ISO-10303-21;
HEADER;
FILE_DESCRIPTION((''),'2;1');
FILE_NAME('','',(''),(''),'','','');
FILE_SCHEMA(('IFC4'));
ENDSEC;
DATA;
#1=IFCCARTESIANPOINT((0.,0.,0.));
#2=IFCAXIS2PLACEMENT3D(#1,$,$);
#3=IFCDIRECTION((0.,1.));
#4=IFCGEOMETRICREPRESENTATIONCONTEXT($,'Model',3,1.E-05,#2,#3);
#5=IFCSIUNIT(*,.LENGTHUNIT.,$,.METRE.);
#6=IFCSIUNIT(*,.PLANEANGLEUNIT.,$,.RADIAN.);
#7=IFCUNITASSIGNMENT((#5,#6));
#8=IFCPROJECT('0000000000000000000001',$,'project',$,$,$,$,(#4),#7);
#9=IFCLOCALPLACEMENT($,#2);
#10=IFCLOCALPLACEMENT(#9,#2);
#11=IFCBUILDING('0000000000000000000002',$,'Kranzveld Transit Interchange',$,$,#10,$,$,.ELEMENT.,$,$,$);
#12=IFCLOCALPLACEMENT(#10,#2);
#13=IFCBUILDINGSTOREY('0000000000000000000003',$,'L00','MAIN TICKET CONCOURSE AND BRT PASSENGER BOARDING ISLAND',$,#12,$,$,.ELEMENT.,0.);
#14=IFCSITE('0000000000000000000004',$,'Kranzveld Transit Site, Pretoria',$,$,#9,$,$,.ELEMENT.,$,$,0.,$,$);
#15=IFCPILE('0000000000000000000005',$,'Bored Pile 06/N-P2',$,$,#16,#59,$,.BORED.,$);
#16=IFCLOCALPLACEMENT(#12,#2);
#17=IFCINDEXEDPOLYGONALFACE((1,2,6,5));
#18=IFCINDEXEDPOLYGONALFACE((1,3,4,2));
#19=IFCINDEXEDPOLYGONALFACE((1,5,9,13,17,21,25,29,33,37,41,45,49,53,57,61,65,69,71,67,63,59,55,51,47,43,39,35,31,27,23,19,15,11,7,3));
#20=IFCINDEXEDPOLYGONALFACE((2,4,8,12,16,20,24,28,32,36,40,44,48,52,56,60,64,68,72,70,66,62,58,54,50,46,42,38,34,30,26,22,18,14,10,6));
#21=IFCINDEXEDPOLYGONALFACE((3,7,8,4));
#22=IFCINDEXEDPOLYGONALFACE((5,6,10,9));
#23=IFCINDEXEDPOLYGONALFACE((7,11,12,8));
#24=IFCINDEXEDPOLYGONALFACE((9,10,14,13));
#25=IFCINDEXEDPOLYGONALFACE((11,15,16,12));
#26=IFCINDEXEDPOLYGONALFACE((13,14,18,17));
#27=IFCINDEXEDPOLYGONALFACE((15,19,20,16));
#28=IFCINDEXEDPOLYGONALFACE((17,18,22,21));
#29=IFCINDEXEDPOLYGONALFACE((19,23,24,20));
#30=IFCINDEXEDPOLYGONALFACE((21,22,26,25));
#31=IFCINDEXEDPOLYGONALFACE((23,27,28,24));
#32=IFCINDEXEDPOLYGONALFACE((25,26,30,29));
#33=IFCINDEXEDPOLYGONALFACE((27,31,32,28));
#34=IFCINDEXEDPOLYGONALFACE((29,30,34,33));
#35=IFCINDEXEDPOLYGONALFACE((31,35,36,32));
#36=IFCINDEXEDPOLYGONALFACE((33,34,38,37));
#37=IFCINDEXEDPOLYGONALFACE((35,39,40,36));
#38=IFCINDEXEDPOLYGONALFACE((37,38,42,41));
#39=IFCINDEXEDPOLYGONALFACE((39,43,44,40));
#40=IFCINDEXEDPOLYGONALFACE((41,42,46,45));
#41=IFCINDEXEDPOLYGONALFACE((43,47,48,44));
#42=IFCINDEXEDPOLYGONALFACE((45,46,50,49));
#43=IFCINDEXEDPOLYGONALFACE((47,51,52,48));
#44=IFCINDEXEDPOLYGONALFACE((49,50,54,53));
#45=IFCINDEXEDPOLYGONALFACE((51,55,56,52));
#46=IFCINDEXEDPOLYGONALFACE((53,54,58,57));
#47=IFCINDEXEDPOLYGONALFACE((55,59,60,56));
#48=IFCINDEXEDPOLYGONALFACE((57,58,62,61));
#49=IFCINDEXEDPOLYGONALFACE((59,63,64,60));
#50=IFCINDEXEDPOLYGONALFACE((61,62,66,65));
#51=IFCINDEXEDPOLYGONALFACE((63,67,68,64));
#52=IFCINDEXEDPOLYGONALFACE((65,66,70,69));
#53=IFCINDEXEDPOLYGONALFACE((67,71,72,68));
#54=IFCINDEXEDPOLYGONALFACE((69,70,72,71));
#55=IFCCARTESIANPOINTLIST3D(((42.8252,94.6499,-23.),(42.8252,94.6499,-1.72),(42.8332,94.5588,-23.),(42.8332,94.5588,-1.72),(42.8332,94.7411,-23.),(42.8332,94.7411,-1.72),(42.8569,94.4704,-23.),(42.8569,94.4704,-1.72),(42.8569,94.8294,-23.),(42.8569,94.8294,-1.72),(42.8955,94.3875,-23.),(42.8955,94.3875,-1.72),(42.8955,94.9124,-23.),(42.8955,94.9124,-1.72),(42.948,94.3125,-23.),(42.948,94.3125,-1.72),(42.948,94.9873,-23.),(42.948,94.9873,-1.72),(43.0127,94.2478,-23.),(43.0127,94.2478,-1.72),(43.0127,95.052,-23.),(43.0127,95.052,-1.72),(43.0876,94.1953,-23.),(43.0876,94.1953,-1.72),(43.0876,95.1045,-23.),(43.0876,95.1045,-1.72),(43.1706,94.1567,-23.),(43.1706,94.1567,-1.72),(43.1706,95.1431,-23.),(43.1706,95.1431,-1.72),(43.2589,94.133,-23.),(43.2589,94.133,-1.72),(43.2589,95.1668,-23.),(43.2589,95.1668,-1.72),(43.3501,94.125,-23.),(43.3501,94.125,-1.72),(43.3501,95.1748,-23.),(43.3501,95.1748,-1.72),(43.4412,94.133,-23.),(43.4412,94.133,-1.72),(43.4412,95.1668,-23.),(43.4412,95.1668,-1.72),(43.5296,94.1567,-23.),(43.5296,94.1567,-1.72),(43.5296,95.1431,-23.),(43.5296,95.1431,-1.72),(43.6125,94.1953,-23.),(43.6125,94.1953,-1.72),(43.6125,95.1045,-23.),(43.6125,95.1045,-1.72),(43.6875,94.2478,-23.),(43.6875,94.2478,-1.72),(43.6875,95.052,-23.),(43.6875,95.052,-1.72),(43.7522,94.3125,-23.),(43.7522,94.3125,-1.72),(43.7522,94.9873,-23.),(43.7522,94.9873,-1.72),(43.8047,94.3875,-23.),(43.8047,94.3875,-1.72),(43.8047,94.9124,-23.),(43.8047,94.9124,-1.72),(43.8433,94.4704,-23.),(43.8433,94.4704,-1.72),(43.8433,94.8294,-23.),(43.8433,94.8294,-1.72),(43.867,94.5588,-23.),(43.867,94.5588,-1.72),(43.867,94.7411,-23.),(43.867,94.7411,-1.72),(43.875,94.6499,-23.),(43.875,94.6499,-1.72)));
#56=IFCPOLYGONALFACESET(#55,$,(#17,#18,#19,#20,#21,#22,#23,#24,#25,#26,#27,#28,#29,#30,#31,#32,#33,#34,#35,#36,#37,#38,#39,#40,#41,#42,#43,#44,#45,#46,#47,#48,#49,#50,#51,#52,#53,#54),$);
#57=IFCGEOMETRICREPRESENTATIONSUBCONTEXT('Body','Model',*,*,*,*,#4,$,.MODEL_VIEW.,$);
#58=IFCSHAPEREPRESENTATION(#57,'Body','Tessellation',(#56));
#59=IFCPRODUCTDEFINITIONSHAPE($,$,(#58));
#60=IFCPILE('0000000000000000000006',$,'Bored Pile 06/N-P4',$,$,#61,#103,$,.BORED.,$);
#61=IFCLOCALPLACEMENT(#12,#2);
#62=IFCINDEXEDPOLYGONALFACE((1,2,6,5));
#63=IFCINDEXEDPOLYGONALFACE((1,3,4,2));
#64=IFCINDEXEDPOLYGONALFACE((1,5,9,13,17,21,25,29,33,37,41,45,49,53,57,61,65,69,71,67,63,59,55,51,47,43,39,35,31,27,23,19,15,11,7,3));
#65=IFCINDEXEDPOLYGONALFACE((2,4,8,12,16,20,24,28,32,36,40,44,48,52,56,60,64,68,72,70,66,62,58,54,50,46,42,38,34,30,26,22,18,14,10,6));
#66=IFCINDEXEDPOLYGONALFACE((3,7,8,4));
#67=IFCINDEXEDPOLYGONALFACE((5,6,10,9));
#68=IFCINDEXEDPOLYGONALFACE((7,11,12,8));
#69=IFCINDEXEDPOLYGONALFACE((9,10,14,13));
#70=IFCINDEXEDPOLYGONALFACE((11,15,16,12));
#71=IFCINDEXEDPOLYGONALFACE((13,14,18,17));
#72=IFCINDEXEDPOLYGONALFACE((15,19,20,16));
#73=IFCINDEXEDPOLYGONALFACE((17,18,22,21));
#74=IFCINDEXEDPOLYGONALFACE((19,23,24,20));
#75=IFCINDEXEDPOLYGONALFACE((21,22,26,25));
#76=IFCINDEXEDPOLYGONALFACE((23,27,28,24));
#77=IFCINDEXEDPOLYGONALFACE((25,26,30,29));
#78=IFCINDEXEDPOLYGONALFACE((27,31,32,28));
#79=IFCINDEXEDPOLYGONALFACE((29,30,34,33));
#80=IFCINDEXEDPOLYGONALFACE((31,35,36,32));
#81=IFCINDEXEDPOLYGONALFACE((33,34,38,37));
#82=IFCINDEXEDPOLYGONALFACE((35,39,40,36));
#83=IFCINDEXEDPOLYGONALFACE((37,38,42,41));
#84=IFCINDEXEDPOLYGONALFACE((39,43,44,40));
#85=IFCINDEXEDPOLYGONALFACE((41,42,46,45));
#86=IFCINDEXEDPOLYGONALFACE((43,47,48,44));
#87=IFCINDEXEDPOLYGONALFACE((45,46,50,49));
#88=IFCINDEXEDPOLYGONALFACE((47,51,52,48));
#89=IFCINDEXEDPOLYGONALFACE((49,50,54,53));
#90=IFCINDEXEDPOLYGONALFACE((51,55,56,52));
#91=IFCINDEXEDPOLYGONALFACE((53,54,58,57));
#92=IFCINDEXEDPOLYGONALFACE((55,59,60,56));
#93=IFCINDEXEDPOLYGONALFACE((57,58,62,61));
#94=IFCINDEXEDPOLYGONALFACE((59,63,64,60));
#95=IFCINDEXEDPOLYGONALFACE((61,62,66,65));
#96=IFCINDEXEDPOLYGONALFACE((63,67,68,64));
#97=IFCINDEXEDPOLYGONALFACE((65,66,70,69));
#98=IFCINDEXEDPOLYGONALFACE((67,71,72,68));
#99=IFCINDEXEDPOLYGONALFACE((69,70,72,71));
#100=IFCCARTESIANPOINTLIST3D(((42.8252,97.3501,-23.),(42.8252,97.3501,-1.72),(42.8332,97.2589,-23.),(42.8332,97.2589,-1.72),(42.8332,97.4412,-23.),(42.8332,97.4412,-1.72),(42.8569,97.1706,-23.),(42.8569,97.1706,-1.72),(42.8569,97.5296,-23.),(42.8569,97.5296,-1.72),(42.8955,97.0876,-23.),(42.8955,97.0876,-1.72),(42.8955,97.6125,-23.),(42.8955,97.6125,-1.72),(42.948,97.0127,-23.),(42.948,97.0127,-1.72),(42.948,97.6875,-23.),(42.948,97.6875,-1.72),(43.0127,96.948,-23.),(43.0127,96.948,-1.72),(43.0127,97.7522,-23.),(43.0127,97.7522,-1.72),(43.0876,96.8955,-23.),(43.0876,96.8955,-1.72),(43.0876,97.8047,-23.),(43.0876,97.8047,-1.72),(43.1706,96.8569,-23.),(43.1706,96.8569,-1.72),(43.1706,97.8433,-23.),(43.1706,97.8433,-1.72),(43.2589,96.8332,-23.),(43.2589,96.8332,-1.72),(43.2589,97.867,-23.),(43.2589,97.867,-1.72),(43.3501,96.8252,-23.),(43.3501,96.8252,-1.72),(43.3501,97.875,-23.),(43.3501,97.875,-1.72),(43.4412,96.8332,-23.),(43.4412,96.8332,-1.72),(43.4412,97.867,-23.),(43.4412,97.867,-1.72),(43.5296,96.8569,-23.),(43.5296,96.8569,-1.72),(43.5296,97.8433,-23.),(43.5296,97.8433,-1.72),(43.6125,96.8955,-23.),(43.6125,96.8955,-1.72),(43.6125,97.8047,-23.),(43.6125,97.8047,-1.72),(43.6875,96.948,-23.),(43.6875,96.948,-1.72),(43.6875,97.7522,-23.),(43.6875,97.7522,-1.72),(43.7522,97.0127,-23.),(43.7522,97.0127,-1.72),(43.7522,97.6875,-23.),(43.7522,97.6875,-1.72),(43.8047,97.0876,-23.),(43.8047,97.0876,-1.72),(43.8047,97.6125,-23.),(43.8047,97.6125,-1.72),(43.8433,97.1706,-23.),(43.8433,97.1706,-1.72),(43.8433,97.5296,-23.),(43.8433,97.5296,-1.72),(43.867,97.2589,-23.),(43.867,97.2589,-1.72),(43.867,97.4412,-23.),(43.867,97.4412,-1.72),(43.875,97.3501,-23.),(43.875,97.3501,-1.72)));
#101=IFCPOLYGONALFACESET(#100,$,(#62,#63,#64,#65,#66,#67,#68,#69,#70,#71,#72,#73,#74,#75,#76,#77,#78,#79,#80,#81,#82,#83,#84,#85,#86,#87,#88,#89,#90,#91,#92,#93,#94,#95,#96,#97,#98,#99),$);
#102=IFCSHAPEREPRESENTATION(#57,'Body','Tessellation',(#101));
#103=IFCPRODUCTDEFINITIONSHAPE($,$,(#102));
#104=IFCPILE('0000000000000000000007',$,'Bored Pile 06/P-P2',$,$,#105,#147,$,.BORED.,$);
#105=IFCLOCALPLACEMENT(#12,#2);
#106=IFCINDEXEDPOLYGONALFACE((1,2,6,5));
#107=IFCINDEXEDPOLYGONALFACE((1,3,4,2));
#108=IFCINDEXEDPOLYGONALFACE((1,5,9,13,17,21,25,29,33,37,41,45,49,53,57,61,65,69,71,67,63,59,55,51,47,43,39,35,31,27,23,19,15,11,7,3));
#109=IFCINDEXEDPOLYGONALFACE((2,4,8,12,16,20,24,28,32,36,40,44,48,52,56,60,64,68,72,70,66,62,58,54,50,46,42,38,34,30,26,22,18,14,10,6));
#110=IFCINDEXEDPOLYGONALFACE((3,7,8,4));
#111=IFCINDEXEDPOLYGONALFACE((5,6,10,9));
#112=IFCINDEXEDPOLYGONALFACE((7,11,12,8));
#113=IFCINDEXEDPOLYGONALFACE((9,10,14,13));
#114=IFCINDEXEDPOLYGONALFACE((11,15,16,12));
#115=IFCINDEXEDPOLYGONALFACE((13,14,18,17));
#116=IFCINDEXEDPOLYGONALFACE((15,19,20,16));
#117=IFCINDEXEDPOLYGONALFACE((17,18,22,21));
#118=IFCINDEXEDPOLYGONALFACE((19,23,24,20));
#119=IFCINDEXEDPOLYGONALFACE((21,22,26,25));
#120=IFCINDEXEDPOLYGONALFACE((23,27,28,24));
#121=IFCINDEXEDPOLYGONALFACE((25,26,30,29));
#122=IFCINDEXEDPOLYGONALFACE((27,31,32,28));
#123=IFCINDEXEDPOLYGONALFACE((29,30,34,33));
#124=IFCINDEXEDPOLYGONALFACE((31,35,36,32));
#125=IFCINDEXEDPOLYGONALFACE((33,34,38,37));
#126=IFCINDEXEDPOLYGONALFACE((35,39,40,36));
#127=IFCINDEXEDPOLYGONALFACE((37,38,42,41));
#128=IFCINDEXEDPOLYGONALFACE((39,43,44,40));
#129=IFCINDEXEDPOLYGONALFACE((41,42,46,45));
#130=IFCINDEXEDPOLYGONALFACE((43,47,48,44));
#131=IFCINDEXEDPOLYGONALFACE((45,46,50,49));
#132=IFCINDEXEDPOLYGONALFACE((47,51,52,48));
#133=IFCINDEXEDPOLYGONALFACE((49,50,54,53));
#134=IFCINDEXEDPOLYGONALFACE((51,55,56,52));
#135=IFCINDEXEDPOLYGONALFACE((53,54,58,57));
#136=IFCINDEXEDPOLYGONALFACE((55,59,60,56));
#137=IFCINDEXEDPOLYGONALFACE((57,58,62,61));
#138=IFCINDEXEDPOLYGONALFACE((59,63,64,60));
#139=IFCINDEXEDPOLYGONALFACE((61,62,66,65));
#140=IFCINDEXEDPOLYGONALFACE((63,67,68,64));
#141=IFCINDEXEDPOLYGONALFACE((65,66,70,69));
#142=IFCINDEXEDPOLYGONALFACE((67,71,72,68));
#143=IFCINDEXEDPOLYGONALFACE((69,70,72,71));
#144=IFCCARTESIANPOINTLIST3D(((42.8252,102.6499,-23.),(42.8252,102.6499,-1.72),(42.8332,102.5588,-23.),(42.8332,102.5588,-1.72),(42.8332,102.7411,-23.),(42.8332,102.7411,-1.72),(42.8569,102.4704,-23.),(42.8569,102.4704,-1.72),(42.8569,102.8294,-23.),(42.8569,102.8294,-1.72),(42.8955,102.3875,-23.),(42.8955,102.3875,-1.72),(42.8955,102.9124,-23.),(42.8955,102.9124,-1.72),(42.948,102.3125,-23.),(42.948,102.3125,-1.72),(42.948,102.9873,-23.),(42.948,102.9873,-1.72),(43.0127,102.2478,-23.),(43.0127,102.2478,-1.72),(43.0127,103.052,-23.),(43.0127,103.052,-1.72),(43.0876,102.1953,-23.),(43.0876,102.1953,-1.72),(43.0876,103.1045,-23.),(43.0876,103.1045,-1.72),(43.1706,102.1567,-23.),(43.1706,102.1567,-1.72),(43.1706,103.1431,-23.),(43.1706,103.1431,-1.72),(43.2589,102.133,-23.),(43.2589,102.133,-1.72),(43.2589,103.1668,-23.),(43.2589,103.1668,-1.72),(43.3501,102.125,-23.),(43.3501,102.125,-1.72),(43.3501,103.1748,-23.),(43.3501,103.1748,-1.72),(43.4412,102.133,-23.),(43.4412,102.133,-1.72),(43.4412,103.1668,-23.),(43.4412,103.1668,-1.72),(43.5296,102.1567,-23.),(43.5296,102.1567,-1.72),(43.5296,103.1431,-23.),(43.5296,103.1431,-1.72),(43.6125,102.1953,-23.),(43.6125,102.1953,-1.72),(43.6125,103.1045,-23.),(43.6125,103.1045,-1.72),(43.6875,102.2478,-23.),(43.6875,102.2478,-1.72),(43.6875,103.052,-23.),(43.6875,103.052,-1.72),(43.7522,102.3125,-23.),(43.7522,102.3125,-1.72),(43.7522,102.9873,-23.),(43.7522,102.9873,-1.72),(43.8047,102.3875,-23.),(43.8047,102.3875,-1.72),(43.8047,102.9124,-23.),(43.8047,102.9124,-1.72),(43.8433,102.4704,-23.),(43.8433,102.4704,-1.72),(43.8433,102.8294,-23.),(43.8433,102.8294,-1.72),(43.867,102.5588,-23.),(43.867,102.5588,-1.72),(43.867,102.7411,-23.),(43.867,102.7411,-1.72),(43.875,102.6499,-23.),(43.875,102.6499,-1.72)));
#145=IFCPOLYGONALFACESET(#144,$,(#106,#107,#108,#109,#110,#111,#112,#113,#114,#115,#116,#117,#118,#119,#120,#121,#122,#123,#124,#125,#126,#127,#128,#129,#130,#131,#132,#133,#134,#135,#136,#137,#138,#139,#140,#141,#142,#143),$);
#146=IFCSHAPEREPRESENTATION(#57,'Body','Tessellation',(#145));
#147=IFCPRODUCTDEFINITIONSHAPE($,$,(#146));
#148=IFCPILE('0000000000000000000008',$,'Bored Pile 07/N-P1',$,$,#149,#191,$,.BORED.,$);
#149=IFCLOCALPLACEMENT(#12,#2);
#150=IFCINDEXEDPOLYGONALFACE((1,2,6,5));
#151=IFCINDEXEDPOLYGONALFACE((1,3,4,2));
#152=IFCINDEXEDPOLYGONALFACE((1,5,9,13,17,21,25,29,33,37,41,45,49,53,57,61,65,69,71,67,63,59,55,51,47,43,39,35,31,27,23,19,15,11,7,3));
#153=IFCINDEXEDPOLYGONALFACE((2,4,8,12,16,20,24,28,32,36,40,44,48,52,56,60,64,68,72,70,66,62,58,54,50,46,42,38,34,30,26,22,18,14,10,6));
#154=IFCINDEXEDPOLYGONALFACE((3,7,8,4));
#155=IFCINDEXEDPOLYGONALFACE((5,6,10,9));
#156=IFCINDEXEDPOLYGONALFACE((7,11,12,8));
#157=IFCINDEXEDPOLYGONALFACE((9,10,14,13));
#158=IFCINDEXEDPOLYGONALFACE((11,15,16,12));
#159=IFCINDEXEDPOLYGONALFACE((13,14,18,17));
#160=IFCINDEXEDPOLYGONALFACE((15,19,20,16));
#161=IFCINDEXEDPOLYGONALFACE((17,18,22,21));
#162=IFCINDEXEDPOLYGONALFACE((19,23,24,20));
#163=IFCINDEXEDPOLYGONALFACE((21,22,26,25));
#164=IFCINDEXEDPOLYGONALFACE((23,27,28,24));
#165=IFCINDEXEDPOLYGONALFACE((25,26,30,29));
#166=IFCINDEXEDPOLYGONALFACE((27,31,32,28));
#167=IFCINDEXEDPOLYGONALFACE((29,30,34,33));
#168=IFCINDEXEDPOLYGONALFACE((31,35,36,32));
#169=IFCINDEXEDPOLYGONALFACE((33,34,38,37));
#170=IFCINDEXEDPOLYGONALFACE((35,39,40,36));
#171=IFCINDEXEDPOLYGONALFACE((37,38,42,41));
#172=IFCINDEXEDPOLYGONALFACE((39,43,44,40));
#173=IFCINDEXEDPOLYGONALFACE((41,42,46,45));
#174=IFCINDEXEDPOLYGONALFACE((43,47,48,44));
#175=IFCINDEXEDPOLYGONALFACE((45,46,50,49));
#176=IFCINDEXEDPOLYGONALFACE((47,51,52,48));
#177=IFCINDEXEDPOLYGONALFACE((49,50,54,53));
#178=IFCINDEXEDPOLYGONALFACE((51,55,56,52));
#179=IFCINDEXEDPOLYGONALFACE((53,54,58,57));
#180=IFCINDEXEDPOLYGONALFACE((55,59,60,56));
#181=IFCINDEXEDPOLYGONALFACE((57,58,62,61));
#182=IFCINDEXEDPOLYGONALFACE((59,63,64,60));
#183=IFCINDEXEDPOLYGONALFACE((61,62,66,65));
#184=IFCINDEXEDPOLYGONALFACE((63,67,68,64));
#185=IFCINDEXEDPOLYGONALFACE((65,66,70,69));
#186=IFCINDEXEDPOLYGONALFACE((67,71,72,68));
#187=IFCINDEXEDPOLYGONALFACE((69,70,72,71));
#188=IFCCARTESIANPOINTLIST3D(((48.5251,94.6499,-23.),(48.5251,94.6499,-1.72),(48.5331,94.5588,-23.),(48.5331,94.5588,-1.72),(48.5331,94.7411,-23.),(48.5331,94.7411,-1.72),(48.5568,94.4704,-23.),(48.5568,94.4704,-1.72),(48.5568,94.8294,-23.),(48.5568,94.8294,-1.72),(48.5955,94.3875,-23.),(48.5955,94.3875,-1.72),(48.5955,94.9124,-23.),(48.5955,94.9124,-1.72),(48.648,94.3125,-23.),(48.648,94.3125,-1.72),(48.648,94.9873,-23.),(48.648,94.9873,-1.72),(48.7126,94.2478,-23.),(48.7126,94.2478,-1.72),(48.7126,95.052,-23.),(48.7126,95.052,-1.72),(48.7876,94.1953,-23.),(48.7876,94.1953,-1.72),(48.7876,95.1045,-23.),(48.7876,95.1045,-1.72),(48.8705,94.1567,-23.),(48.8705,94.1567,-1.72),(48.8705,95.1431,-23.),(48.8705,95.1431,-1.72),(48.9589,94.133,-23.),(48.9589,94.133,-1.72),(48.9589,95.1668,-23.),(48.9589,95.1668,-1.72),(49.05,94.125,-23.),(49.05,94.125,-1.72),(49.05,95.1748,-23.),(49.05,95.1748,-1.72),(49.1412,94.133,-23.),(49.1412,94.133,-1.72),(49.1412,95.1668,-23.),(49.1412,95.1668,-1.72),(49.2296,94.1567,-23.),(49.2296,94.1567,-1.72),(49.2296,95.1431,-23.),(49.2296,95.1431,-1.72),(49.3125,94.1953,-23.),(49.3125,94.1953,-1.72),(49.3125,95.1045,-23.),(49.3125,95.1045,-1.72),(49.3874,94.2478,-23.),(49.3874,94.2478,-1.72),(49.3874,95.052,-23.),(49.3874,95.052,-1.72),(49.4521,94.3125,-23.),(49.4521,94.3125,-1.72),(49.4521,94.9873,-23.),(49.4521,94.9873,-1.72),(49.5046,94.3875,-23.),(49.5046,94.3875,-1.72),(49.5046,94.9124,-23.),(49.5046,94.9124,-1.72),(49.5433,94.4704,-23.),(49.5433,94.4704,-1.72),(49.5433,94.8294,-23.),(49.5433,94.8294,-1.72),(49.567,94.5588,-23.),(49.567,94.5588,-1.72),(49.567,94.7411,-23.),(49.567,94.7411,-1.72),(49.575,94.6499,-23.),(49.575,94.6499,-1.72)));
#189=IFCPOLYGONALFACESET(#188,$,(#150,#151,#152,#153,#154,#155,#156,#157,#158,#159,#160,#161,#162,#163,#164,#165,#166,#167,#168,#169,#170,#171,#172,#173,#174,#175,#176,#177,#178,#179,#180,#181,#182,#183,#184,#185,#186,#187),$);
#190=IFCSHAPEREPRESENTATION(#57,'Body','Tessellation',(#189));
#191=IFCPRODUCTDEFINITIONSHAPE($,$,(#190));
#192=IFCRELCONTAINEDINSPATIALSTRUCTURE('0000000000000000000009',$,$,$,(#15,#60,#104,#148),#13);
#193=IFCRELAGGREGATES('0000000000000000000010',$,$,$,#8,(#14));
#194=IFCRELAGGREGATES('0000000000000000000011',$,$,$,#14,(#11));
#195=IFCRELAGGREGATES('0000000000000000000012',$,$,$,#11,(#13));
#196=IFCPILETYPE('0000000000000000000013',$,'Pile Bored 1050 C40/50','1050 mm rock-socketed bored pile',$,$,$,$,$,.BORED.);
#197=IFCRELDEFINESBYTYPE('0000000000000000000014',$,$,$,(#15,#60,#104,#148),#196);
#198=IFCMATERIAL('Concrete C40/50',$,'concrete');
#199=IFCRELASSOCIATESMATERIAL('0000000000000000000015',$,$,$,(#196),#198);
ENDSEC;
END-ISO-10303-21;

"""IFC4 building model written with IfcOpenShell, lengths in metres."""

from ifc_helpers import new_model, si_unit, direction, frame, origin, origin_2d, place, context, subcontext, project, spatial, circle, extrude, material, material_profile, profile_set, type_object, element, save


model = new_model("IFC4")

# Units and contexts
model_context = context("Model", 3, precision=1e-05, world=origin(), true_north=direction((0.0, 1.0)))
body_context = subcontext(model_context, "Body", "Model", "MODEL_VIEW")
ifc_project = project(units=[si_unit("LENGTHUNIT", "METRE"), si_unit("PLANEANGLEUNIT", "RADIAN")], contexts=[model_context])

# Site, building, storey
site_placement = place(None, origin())
site = spatial("IfcSite", under=ifc_project, at=site_placement, Name="Kranzveld Transit Site, Pretoria", CompositionType="ELEMENT", RefElevation=0.0)
building_placement = place(site_placement, origin())
building = spatial("IfcBuilding", under=site, at=building_placement, Name="Kranzveld Transit Interchange", CompositionType="ELEMENT")
storey_placement = place(building_placement, origin())
storey = spatial("IfcBuildingStorey", under=building, at=storey_placement, Name="L00", Description="MAIN TICKET CONCOURSE AND BRT PASSENGER BOARDING ISLAND", CompositionType="ELEMENT", Elevation=0.0)

# Piles
ifc_material_1 = material(Name="Concrete C40/50", Category="concrete")
ifc_material_profile_1 = material_profile(ifc_material_1, circle(Radius=0.5249, at=origin_2d()), Name="BORED PILE 1050")
ifc_profile_set_1 = profile_set([ifc_material_profile_1], Name="Concrete C40/50")
pile_type = type_object("IfcPileType", Name="Pile Bored 1050 C40/50", Description="1050 mm rock-socketed bored pile", PredefinedType="BORED", material=ifc_profile_set_1)
for number, where, z_axis, x_axis, name in (
    (1, (43.3501, 94.6499, -1.72), (0.0, 0.0, -1.0), (1.0, 0.0, 0.0), "Bored Pile 06/N-P2"),
    (2, (43.3501, 97.3501, -1.72), (0.0, 0.0, -1.0), (1.0, 0.0, 0.0), "Bored Pile 06/N-P4"),
    (3, (43.3501, 102.6499, -1.72), (0.0, 0.0, -1.0), (1.0, 0.0, 0.0), "Bored Pile 06/P-P2"),
    (4, (49.05, 94.6499, -1.72), (0.0, 0.0, -1.0), (1.0, 0.0, 0.0), "Bored Pile 07/N-P1"),
):
    element("IfcPile", number, at=place(storey_placement, frame(where, z_axis=z_axis, x_axis=x_axis)), inside=storey, type_object=pile_type, Name=name, PredefinedType="BORED", context=body_context, shape_type="SweptSolid", body=[
        extrude(circle(Radius=0.5249, at=origin_2d()), origin(), (0.0, 0.0, 1.0), 21.28),
    ])

save(model, "model.ifc")
